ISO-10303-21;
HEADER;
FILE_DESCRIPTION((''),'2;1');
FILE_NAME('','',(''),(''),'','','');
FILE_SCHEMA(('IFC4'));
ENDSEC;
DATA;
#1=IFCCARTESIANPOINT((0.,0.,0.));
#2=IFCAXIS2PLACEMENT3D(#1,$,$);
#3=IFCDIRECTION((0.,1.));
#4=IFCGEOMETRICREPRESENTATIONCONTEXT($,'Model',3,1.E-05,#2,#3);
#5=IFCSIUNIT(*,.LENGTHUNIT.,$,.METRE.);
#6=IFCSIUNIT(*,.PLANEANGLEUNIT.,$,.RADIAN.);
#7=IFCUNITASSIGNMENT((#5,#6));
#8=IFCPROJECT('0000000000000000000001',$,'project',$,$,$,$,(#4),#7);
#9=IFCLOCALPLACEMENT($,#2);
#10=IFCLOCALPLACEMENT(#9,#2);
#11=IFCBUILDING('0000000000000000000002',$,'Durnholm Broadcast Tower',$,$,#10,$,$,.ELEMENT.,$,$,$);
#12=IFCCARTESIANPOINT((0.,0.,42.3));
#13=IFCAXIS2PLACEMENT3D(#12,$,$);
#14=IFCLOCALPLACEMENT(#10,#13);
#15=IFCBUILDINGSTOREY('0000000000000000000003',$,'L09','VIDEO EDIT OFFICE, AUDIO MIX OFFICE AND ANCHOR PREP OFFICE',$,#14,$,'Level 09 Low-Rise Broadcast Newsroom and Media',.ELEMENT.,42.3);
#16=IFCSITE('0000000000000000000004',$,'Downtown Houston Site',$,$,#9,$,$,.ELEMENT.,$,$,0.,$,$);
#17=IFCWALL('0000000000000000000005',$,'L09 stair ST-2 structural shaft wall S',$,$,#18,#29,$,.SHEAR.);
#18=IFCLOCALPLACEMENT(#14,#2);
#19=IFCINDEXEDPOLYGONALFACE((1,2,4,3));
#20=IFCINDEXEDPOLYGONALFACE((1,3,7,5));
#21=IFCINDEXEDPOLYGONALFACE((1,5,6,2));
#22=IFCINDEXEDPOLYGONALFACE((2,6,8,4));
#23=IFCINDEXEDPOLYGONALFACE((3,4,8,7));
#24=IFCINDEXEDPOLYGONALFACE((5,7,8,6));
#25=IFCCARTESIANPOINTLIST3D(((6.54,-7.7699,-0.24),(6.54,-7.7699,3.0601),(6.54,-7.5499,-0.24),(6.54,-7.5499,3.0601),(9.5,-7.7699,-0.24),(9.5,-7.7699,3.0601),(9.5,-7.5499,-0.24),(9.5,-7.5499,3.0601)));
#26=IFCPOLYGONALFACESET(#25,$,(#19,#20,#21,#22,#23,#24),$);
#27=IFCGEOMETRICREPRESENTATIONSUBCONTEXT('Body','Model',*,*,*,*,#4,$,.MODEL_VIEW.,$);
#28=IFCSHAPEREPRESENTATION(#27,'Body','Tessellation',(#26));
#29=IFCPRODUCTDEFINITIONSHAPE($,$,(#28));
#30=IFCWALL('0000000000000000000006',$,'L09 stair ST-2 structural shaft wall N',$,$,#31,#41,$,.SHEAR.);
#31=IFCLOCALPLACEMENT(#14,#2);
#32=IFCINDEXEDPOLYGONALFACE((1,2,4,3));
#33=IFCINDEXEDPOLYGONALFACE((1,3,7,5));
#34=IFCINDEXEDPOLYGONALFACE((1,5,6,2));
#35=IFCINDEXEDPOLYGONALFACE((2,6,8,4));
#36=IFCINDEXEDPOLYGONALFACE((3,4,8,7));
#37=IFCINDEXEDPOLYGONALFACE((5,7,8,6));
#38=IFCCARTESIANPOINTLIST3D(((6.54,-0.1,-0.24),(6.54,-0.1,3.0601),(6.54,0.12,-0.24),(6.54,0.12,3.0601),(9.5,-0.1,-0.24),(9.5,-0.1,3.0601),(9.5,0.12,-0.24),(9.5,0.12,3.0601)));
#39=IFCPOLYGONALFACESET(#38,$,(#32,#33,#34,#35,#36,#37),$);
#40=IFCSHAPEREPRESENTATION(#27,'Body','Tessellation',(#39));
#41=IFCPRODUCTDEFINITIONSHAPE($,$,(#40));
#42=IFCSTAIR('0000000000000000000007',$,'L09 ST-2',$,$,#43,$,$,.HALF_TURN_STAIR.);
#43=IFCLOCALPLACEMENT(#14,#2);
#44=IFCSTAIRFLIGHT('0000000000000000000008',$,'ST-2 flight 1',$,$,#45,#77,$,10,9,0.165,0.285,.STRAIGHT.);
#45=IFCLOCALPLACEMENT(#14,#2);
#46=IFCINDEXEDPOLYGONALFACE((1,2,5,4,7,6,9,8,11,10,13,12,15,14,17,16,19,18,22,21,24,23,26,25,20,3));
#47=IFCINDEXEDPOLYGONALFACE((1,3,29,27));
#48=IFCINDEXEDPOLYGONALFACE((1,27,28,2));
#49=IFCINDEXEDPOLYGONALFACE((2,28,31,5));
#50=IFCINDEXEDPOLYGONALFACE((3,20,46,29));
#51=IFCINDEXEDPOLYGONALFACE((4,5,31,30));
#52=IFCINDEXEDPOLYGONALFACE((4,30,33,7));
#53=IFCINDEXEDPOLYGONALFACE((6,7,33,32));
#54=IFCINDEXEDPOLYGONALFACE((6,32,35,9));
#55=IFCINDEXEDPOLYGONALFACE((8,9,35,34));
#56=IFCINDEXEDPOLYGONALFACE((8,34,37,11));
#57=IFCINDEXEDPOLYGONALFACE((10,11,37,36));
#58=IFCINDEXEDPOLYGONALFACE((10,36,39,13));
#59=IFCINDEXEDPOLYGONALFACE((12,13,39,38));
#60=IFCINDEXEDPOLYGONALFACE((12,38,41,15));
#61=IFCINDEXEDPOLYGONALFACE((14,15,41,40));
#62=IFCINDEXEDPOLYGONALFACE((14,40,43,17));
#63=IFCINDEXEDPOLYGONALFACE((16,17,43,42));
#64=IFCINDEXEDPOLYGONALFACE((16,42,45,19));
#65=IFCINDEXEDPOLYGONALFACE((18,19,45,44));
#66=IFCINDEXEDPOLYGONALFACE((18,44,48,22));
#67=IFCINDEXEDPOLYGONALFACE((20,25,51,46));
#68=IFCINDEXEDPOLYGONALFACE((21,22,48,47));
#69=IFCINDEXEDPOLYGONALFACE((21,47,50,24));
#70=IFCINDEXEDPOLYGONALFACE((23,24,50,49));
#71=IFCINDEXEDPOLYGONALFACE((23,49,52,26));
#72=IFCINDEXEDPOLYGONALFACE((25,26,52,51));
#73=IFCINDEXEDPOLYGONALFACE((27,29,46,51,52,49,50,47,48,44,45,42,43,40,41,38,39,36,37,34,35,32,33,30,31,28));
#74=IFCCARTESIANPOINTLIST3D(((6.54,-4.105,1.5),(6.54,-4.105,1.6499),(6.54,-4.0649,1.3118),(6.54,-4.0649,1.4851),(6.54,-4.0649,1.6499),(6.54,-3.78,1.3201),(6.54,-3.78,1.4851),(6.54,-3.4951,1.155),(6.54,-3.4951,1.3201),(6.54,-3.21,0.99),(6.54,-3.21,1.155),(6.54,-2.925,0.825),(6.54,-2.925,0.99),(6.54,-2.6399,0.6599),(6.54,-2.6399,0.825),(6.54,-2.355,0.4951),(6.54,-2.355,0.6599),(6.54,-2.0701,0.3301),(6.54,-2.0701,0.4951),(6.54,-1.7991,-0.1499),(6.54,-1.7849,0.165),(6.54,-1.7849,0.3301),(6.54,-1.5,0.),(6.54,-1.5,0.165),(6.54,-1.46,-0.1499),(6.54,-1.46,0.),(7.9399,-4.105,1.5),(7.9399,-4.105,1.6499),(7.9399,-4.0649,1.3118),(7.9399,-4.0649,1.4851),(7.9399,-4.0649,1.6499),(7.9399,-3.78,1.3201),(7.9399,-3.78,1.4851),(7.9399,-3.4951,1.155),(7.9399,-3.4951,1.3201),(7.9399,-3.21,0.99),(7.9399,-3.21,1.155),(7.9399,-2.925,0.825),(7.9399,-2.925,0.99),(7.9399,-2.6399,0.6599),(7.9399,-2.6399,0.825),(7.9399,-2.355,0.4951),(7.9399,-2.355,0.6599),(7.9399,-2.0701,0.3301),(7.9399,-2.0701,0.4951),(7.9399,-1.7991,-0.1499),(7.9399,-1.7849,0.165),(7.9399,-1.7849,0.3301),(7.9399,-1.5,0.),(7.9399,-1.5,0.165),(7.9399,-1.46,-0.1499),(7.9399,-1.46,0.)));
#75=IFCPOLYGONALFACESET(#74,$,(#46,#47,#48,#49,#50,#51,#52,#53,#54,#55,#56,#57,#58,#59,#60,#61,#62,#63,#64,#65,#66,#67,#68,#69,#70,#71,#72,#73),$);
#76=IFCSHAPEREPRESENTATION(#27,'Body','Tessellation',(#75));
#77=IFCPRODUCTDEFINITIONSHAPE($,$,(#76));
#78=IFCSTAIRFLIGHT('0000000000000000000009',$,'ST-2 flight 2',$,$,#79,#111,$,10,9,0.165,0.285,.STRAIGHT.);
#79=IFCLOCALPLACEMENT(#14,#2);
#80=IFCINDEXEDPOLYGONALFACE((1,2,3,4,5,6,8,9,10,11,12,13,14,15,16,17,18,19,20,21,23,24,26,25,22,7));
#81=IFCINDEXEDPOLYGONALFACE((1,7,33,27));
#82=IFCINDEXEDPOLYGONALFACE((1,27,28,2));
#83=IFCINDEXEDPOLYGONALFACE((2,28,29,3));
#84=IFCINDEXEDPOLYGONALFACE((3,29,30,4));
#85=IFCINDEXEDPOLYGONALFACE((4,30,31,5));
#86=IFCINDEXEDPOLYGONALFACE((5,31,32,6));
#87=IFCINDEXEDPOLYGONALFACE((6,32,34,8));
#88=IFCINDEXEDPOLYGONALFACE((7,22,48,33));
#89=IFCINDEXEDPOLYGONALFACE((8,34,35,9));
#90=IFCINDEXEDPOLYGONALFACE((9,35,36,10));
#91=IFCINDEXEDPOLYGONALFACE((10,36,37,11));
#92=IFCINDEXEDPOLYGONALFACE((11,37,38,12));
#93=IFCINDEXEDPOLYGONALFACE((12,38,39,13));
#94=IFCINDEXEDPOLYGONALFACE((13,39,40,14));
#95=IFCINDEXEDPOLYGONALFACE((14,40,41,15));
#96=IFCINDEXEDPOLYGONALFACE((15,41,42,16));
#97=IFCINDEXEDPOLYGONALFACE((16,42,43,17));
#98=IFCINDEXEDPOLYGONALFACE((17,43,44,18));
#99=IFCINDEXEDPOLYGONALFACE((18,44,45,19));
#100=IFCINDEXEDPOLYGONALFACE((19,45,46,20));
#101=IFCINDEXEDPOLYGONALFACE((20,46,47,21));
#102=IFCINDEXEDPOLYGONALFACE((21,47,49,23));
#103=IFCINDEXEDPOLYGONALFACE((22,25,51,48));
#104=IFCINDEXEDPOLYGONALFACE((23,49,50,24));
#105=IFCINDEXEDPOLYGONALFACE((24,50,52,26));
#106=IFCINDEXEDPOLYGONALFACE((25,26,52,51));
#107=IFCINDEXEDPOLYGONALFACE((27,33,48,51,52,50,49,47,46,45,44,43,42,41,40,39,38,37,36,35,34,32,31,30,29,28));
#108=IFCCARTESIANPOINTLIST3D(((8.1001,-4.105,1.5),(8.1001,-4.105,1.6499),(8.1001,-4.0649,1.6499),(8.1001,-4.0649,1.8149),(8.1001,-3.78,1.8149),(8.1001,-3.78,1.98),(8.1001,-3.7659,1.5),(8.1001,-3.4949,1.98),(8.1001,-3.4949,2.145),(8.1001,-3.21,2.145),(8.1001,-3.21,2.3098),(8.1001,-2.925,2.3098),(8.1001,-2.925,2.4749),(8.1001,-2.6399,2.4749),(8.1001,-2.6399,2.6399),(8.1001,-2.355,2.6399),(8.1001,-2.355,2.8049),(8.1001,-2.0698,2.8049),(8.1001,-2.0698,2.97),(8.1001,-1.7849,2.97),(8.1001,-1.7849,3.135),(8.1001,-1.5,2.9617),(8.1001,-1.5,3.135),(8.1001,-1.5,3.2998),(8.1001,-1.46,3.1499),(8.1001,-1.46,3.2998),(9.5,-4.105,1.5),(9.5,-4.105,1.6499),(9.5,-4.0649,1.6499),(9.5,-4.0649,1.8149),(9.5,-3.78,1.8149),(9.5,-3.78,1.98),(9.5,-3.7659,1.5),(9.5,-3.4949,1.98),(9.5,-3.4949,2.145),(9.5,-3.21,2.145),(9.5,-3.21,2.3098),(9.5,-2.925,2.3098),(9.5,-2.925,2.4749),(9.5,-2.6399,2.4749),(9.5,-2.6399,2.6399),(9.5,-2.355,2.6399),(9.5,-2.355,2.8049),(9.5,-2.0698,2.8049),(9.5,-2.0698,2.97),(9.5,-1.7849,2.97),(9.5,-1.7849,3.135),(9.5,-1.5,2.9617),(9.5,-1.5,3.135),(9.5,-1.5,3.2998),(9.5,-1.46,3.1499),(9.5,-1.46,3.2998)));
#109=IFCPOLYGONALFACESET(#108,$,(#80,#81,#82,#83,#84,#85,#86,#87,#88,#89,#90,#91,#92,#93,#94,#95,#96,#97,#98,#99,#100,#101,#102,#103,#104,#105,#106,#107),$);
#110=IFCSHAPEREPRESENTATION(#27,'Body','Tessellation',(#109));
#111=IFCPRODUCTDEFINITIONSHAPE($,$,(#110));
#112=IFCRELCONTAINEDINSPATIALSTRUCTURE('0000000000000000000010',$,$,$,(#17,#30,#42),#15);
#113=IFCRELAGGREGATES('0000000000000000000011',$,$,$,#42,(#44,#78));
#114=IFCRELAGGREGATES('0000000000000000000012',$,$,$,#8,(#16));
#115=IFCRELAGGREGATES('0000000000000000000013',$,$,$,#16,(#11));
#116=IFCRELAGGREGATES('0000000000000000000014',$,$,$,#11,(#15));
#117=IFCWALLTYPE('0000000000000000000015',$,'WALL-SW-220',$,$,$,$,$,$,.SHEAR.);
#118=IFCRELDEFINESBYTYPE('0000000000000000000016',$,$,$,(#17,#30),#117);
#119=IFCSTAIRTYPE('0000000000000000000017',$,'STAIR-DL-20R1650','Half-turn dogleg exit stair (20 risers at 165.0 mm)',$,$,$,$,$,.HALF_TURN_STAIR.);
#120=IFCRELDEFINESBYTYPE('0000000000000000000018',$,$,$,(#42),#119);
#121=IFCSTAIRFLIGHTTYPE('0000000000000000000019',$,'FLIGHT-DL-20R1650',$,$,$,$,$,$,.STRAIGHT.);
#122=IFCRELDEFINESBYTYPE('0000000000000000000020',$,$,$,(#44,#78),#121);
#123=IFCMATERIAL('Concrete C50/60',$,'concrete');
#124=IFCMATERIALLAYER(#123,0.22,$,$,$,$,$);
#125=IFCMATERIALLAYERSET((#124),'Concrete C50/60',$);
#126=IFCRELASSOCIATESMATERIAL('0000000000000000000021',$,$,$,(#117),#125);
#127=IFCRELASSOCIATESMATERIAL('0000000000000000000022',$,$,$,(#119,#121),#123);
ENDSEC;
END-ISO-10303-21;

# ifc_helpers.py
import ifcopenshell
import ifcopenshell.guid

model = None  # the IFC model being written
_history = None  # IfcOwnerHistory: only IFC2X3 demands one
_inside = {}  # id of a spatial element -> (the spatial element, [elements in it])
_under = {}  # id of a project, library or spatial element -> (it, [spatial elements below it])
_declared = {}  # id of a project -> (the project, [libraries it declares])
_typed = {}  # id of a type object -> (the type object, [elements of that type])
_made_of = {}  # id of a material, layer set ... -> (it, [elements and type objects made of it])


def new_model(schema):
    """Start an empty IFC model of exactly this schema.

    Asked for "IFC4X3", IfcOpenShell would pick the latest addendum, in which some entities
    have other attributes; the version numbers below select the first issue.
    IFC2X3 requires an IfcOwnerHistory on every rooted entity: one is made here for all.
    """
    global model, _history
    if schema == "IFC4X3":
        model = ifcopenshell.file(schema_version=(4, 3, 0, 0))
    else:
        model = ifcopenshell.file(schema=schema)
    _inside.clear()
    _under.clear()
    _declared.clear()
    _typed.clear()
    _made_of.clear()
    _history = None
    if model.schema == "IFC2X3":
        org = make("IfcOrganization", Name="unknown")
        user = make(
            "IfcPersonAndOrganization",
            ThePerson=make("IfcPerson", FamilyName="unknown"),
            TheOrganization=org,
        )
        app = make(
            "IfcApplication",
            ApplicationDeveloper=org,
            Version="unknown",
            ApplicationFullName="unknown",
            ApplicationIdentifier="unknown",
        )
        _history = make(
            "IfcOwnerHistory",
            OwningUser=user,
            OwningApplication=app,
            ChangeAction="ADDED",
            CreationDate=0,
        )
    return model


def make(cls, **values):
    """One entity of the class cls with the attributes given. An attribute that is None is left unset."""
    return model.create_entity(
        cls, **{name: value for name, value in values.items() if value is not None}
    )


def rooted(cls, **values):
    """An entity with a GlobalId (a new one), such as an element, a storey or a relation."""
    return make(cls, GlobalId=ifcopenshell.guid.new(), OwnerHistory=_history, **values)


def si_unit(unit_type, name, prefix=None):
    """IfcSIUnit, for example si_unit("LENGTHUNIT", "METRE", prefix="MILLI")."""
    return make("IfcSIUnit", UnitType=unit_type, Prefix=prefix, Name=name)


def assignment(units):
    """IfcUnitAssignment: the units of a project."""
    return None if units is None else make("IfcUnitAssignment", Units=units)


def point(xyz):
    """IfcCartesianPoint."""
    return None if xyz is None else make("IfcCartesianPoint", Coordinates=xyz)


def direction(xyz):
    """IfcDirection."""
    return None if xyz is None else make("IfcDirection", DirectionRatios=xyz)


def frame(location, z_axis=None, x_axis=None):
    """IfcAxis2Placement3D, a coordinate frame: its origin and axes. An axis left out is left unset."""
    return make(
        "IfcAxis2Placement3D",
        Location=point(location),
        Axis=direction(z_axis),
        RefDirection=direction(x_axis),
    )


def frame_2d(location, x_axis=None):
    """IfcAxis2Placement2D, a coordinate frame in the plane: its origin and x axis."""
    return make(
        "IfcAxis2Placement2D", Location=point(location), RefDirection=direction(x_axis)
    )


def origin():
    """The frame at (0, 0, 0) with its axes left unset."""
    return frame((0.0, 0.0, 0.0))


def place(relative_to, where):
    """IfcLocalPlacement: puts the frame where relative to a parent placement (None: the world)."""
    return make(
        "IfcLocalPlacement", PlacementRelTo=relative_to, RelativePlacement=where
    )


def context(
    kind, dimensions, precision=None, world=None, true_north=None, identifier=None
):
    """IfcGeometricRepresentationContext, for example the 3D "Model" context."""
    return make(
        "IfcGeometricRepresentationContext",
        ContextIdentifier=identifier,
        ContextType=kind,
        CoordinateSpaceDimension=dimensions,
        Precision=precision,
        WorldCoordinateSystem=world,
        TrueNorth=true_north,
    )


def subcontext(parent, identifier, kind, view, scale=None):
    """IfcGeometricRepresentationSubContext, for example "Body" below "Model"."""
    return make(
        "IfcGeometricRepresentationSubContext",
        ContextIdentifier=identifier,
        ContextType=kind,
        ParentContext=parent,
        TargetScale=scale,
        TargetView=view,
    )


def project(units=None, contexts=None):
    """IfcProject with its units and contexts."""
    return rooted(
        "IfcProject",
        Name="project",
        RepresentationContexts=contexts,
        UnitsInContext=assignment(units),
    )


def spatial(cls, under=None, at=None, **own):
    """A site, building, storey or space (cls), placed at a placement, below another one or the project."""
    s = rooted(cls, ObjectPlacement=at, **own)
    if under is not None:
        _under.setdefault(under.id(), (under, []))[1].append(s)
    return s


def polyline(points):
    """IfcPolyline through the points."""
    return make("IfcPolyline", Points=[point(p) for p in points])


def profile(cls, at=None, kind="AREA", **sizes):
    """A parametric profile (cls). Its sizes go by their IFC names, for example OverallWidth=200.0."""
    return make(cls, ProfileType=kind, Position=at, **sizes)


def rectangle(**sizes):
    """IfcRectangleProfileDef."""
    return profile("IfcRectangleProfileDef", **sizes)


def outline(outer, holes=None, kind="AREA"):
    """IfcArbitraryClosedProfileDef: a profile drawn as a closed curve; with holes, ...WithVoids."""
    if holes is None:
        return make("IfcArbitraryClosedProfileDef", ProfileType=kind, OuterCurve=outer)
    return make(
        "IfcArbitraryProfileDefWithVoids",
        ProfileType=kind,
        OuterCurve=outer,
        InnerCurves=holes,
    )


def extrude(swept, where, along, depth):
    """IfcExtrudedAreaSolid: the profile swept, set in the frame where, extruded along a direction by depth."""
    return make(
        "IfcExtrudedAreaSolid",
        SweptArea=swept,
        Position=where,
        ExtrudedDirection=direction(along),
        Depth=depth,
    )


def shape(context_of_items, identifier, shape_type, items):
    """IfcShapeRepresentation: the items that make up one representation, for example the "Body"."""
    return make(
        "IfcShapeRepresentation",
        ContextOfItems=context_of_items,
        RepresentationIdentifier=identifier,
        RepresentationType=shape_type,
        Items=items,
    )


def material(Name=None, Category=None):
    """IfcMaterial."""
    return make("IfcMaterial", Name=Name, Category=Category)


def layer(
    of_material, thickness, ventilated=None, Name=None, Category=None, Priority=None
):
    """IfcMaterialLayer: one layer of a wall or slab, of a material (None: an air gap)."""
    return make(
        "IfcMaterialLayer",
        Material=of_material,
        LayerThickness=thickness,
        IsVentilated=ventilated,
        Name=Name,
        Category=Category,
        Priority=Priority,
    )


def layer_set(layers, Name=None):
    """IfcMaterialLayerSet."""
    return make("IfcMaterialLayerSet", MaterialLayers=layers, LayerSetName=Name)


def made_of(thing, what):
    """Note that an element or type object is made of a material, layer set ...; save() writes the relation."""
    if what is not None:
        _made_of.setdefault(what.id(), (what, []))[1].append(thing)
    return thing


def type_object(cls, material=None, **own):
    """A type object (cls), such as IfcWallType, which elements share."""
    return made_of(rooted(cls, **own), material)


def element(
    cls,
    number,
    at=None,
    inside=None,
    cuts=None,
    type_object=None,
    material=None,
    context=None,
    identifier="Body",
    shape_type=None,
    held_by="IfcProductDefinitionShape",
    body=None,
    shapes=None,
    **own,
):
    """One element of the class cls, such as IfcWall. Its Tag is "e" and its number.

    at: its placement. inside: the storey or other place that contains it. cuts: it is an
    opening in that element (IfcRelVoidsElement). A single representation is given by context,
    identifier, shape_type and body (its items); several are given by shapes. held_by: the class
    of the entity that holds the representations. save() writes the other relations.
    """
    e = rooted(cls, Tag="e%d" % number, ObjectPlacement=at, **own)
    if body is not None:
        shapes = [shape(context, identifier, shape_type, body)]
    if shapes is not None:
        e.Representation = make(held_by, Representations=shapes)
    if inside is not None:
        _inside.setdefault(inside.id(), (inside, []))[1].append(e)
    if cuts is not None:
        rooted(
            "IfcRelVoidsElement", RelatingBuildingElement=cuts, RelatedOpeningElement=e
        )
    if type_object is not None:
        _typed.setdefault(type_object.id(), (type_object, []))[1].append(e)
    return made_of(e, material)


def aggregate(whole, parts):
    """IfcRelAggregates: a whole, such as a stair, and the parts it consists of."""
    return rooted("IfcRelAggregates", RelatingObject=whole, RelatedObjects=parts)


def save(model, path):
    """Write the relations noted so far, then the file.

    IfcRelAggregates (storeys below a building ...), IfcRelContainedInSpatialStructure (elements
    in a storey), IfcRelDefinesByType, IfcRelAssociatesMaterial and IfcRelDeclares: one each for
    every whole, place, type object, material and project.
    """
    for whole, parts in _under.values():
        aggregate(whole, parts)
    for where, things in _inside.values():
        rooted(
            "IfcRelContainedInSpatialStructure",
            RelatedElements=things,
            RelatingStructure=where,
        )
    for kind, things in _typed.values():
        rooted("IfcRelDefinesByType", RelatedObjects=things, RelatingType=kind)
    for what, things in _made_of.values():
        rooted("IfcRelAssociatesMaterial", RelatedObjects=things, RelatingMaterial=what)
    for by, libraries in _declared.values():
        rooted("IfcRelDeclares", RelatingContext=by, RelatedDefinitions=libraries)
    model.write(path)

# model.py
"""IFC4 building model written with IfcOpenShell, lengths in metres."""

from ifc_helpers import new_model, si_unit, direction, frame, frame_2d, origin, place, context, subcontext, project, spatial, polyline, rectangle, outline, extrude, material, layer, layer_set, type_object, element, aggregate, save


model = new_model("IFC4")

# Units and contexts
model_context = context("Model", 3, precision=1e-05, world=origin(), true_north=direction((0.0, 1.0)))
body_context = subcontext(model_context, "Body", "Model", "MODEL_VIEW")
ifc_project = project(units=[si_unit("LENGTHUNIT", "METRE"), si_unit("PLANEANGLEUNIT", "RADIAN")], contexts=[model_context])

# Site, building, storey
site_placement = place(None, origin())
site = spatial("IfcSite", under=ifc_project, at=site_placement, Name="Downtown Houston Site", CompositionType="ELEMENT", RefElevation=0.0)
building_placement = place(site_placement, origin())
building = spatial("IfcBuilding", under=site, at=building_placement, Name="Durnholm Broadcast Tower", CompositionType="ELEMENT")
storey_placement = place(building_placement, frame((0.0, 0.0, 42.3)))
storey = spatial("IfcBuildingStorey", under=building, at=storey_placement, Name="L09", Description="VIDEO EDIT OFFICE, AUDIO MIX OFFICE AND ANCHOR PREP OFFICE", LongName="Level 09 Low-Rise Broadcast Newsroom and Media", CompositionType="ELEMENT", Elevation=42.3)

# Shared definitions
ifc_material_1 = material(Name="Concrete C50/60", Category="concrete")
ifc_layer_1 = layer(ifc_material_1, 0.22)
ifc_layer_set_1 = layer_set([ifc_layer_1], Name="Concrete C50/60")
wall_type_1 = type_object("IfcWallType", Name="WALL-SW-220", PredefinedType="SHEAR", material=ifc_layer_set_1)

# Walls
for number, where, z_axis, x_axis, name in (
    (1, (6.54, -7.6599, -0.24), (0.0, 0.0, 1.0), (1.0, 0.0, 0.0), "L09 stair ST-2 structural shaft wall S"),
    (2, (9.5, 0.01, -0.24), (0.0, 0.0, 1.0), (-1.0, 0.0, 0.0), "L09 stair ST-2 structural shaft wall N"),
):
    element("IfcWall", number, at=place(storey_placement, frame(where, z_axis=z_axis, x_axis=x_axis)), inside=storey, type_object=wall_type_1, Name=name, PredefinedType="SHEAR", context=body_context, shape_type="SweptSolid", body=[
        extrude(rectangle(XDim=2.96, YDim=0.22, at=frame_2d((1.48, 0.0))), origin(), (0.0, 0.0, 1.0), 3.3),
    ])

# Stair, stair flights
stair_type = type_object("IfcStairType", Name="STAIR-DL-20R1650", Description="Half-turn dogleg exit stair (20 risers at 165.0 mm)", PredefinedType="HALF_TURN_STAIR", material=ifc_material_1)
stair_placement = place(storey_placement, origin())
stair = element("IfcStair", 3, at=stair_placement, inside=storey, type_object=stair_type, Name="L09 ST-2", PredefinedType="HALF_TURN_STAIR")
stair_flight_type = type_object("IfcStairFlightType", Name="FLIGHT-DL-20R1650", PredefinedType="STRAIGHT", material=ifc_material_1)
stair_flight_1_placement = place(storey_placement, frame((7.24, -1.5, 0.0), z_axis=(0.0, 0.0, 1.0), x_axis=(0.0, -1.0, 0.0)))
stair_flight_1 = element("IfcStairFlight", 4, at=stair_flight_1_placement, type_object=stair_flight_type, Name="ST-2 flight 1", NumberOfRisers=10, NumberOfTreads=9, PredefinedType="STRAIGHT", RiserHeight=0.165, TreadLength=0.285, context=body_context, shape_type="SweptSolid", body=[
    extrude(outline(polyline([(-0.04, -0.1499), (-0.04, 0.0), (0.0, 0.0), (0.0, 0.165), (0.2849, 0.165), (0.2849, 0.3301), (0.5701, 0.3301), (0.5701, 0.4951), (0.855, 0.4951), (0.855, 0.6599), (1.1399, 0.6599), (1.1399, 0.825), (1.425, 0.825), (1.425, 0.99), (1.71, 0.99), (1.71, 1.155), (1.9951, 1.155), (1.9951, 1.3201), (2.28, 1.3201), (2.28, 1.4851), (2.5649, 1.4851), (2.5649, 1.6499), (2.605, 1.6499), (2.605, 1.5), (2.5649, 1.3118), (0.2991, -0.1499), (-0.04, -0.1499)])), frame((0.0, 0.7, 0.0), z_axis=(0.0, -1.0, 0.0), x_axis=(1.0, 0.0, 0.0)), (0.0, 0.0, 1.0), 1.3999),
])
stair_flight_2_placement = place(storey_placement, frame((8.8, -4.0649, 1.6499), z_axis=(0.0, 0.0, 1.0), x_axis=(0.0, 1.0, 0.0)))
stair_flight_2 = element("IfcStairFlight", 5, at=stair_flight_2_placement, type_object=stair_flight_type, Name="ST-2 flight 2", NumberOfRisers=10, NumberOfTreads=9, PredefinedType="STRAIGHT", RiserHeight=0.165, TreadLength=0.285, context=body_context, shape_type="SweptSolid", body=[
    extrude(outline(polyline([(-0.04, -0.1499), (-0.04, 0.0), (0.0, 0.0), (0.0, 0.165), (0.2849, 0.165), (0.2849, 0.3301), (0.5701, 0.3301), (0.5701, 0.4951), (0.855, 0.4951), (0.855, 0.6599), (1.1399, 0.6599), (1.1399, 0.825), (1.425, 0.825), (1.425, 0.99), (1.71, 0.99), (1.71, 1.155), (1.9951, 1.155), (1.9951, 1.3201), (2.28, 1.3201), (2.28, 1.4851), (2.5649, 1.4851), (2.5649, 1.6499), (2.605, 1.6499), (2.605, 1.5), (2.5649, 1.3118), (0.2991, -0.1499), (-0.04, -0.1499)])), frame((0.0, 0.7, 0.0), z_axis=(0.0, -1.0, 0.0), x_axis=(1.0, 0.0, 0.0)), (0.0, 0.0, 1.0), 1.3999),
])
aggregate(stair, [stair_flight_1, stair_flight_2])

save(model, "model.ifc")
